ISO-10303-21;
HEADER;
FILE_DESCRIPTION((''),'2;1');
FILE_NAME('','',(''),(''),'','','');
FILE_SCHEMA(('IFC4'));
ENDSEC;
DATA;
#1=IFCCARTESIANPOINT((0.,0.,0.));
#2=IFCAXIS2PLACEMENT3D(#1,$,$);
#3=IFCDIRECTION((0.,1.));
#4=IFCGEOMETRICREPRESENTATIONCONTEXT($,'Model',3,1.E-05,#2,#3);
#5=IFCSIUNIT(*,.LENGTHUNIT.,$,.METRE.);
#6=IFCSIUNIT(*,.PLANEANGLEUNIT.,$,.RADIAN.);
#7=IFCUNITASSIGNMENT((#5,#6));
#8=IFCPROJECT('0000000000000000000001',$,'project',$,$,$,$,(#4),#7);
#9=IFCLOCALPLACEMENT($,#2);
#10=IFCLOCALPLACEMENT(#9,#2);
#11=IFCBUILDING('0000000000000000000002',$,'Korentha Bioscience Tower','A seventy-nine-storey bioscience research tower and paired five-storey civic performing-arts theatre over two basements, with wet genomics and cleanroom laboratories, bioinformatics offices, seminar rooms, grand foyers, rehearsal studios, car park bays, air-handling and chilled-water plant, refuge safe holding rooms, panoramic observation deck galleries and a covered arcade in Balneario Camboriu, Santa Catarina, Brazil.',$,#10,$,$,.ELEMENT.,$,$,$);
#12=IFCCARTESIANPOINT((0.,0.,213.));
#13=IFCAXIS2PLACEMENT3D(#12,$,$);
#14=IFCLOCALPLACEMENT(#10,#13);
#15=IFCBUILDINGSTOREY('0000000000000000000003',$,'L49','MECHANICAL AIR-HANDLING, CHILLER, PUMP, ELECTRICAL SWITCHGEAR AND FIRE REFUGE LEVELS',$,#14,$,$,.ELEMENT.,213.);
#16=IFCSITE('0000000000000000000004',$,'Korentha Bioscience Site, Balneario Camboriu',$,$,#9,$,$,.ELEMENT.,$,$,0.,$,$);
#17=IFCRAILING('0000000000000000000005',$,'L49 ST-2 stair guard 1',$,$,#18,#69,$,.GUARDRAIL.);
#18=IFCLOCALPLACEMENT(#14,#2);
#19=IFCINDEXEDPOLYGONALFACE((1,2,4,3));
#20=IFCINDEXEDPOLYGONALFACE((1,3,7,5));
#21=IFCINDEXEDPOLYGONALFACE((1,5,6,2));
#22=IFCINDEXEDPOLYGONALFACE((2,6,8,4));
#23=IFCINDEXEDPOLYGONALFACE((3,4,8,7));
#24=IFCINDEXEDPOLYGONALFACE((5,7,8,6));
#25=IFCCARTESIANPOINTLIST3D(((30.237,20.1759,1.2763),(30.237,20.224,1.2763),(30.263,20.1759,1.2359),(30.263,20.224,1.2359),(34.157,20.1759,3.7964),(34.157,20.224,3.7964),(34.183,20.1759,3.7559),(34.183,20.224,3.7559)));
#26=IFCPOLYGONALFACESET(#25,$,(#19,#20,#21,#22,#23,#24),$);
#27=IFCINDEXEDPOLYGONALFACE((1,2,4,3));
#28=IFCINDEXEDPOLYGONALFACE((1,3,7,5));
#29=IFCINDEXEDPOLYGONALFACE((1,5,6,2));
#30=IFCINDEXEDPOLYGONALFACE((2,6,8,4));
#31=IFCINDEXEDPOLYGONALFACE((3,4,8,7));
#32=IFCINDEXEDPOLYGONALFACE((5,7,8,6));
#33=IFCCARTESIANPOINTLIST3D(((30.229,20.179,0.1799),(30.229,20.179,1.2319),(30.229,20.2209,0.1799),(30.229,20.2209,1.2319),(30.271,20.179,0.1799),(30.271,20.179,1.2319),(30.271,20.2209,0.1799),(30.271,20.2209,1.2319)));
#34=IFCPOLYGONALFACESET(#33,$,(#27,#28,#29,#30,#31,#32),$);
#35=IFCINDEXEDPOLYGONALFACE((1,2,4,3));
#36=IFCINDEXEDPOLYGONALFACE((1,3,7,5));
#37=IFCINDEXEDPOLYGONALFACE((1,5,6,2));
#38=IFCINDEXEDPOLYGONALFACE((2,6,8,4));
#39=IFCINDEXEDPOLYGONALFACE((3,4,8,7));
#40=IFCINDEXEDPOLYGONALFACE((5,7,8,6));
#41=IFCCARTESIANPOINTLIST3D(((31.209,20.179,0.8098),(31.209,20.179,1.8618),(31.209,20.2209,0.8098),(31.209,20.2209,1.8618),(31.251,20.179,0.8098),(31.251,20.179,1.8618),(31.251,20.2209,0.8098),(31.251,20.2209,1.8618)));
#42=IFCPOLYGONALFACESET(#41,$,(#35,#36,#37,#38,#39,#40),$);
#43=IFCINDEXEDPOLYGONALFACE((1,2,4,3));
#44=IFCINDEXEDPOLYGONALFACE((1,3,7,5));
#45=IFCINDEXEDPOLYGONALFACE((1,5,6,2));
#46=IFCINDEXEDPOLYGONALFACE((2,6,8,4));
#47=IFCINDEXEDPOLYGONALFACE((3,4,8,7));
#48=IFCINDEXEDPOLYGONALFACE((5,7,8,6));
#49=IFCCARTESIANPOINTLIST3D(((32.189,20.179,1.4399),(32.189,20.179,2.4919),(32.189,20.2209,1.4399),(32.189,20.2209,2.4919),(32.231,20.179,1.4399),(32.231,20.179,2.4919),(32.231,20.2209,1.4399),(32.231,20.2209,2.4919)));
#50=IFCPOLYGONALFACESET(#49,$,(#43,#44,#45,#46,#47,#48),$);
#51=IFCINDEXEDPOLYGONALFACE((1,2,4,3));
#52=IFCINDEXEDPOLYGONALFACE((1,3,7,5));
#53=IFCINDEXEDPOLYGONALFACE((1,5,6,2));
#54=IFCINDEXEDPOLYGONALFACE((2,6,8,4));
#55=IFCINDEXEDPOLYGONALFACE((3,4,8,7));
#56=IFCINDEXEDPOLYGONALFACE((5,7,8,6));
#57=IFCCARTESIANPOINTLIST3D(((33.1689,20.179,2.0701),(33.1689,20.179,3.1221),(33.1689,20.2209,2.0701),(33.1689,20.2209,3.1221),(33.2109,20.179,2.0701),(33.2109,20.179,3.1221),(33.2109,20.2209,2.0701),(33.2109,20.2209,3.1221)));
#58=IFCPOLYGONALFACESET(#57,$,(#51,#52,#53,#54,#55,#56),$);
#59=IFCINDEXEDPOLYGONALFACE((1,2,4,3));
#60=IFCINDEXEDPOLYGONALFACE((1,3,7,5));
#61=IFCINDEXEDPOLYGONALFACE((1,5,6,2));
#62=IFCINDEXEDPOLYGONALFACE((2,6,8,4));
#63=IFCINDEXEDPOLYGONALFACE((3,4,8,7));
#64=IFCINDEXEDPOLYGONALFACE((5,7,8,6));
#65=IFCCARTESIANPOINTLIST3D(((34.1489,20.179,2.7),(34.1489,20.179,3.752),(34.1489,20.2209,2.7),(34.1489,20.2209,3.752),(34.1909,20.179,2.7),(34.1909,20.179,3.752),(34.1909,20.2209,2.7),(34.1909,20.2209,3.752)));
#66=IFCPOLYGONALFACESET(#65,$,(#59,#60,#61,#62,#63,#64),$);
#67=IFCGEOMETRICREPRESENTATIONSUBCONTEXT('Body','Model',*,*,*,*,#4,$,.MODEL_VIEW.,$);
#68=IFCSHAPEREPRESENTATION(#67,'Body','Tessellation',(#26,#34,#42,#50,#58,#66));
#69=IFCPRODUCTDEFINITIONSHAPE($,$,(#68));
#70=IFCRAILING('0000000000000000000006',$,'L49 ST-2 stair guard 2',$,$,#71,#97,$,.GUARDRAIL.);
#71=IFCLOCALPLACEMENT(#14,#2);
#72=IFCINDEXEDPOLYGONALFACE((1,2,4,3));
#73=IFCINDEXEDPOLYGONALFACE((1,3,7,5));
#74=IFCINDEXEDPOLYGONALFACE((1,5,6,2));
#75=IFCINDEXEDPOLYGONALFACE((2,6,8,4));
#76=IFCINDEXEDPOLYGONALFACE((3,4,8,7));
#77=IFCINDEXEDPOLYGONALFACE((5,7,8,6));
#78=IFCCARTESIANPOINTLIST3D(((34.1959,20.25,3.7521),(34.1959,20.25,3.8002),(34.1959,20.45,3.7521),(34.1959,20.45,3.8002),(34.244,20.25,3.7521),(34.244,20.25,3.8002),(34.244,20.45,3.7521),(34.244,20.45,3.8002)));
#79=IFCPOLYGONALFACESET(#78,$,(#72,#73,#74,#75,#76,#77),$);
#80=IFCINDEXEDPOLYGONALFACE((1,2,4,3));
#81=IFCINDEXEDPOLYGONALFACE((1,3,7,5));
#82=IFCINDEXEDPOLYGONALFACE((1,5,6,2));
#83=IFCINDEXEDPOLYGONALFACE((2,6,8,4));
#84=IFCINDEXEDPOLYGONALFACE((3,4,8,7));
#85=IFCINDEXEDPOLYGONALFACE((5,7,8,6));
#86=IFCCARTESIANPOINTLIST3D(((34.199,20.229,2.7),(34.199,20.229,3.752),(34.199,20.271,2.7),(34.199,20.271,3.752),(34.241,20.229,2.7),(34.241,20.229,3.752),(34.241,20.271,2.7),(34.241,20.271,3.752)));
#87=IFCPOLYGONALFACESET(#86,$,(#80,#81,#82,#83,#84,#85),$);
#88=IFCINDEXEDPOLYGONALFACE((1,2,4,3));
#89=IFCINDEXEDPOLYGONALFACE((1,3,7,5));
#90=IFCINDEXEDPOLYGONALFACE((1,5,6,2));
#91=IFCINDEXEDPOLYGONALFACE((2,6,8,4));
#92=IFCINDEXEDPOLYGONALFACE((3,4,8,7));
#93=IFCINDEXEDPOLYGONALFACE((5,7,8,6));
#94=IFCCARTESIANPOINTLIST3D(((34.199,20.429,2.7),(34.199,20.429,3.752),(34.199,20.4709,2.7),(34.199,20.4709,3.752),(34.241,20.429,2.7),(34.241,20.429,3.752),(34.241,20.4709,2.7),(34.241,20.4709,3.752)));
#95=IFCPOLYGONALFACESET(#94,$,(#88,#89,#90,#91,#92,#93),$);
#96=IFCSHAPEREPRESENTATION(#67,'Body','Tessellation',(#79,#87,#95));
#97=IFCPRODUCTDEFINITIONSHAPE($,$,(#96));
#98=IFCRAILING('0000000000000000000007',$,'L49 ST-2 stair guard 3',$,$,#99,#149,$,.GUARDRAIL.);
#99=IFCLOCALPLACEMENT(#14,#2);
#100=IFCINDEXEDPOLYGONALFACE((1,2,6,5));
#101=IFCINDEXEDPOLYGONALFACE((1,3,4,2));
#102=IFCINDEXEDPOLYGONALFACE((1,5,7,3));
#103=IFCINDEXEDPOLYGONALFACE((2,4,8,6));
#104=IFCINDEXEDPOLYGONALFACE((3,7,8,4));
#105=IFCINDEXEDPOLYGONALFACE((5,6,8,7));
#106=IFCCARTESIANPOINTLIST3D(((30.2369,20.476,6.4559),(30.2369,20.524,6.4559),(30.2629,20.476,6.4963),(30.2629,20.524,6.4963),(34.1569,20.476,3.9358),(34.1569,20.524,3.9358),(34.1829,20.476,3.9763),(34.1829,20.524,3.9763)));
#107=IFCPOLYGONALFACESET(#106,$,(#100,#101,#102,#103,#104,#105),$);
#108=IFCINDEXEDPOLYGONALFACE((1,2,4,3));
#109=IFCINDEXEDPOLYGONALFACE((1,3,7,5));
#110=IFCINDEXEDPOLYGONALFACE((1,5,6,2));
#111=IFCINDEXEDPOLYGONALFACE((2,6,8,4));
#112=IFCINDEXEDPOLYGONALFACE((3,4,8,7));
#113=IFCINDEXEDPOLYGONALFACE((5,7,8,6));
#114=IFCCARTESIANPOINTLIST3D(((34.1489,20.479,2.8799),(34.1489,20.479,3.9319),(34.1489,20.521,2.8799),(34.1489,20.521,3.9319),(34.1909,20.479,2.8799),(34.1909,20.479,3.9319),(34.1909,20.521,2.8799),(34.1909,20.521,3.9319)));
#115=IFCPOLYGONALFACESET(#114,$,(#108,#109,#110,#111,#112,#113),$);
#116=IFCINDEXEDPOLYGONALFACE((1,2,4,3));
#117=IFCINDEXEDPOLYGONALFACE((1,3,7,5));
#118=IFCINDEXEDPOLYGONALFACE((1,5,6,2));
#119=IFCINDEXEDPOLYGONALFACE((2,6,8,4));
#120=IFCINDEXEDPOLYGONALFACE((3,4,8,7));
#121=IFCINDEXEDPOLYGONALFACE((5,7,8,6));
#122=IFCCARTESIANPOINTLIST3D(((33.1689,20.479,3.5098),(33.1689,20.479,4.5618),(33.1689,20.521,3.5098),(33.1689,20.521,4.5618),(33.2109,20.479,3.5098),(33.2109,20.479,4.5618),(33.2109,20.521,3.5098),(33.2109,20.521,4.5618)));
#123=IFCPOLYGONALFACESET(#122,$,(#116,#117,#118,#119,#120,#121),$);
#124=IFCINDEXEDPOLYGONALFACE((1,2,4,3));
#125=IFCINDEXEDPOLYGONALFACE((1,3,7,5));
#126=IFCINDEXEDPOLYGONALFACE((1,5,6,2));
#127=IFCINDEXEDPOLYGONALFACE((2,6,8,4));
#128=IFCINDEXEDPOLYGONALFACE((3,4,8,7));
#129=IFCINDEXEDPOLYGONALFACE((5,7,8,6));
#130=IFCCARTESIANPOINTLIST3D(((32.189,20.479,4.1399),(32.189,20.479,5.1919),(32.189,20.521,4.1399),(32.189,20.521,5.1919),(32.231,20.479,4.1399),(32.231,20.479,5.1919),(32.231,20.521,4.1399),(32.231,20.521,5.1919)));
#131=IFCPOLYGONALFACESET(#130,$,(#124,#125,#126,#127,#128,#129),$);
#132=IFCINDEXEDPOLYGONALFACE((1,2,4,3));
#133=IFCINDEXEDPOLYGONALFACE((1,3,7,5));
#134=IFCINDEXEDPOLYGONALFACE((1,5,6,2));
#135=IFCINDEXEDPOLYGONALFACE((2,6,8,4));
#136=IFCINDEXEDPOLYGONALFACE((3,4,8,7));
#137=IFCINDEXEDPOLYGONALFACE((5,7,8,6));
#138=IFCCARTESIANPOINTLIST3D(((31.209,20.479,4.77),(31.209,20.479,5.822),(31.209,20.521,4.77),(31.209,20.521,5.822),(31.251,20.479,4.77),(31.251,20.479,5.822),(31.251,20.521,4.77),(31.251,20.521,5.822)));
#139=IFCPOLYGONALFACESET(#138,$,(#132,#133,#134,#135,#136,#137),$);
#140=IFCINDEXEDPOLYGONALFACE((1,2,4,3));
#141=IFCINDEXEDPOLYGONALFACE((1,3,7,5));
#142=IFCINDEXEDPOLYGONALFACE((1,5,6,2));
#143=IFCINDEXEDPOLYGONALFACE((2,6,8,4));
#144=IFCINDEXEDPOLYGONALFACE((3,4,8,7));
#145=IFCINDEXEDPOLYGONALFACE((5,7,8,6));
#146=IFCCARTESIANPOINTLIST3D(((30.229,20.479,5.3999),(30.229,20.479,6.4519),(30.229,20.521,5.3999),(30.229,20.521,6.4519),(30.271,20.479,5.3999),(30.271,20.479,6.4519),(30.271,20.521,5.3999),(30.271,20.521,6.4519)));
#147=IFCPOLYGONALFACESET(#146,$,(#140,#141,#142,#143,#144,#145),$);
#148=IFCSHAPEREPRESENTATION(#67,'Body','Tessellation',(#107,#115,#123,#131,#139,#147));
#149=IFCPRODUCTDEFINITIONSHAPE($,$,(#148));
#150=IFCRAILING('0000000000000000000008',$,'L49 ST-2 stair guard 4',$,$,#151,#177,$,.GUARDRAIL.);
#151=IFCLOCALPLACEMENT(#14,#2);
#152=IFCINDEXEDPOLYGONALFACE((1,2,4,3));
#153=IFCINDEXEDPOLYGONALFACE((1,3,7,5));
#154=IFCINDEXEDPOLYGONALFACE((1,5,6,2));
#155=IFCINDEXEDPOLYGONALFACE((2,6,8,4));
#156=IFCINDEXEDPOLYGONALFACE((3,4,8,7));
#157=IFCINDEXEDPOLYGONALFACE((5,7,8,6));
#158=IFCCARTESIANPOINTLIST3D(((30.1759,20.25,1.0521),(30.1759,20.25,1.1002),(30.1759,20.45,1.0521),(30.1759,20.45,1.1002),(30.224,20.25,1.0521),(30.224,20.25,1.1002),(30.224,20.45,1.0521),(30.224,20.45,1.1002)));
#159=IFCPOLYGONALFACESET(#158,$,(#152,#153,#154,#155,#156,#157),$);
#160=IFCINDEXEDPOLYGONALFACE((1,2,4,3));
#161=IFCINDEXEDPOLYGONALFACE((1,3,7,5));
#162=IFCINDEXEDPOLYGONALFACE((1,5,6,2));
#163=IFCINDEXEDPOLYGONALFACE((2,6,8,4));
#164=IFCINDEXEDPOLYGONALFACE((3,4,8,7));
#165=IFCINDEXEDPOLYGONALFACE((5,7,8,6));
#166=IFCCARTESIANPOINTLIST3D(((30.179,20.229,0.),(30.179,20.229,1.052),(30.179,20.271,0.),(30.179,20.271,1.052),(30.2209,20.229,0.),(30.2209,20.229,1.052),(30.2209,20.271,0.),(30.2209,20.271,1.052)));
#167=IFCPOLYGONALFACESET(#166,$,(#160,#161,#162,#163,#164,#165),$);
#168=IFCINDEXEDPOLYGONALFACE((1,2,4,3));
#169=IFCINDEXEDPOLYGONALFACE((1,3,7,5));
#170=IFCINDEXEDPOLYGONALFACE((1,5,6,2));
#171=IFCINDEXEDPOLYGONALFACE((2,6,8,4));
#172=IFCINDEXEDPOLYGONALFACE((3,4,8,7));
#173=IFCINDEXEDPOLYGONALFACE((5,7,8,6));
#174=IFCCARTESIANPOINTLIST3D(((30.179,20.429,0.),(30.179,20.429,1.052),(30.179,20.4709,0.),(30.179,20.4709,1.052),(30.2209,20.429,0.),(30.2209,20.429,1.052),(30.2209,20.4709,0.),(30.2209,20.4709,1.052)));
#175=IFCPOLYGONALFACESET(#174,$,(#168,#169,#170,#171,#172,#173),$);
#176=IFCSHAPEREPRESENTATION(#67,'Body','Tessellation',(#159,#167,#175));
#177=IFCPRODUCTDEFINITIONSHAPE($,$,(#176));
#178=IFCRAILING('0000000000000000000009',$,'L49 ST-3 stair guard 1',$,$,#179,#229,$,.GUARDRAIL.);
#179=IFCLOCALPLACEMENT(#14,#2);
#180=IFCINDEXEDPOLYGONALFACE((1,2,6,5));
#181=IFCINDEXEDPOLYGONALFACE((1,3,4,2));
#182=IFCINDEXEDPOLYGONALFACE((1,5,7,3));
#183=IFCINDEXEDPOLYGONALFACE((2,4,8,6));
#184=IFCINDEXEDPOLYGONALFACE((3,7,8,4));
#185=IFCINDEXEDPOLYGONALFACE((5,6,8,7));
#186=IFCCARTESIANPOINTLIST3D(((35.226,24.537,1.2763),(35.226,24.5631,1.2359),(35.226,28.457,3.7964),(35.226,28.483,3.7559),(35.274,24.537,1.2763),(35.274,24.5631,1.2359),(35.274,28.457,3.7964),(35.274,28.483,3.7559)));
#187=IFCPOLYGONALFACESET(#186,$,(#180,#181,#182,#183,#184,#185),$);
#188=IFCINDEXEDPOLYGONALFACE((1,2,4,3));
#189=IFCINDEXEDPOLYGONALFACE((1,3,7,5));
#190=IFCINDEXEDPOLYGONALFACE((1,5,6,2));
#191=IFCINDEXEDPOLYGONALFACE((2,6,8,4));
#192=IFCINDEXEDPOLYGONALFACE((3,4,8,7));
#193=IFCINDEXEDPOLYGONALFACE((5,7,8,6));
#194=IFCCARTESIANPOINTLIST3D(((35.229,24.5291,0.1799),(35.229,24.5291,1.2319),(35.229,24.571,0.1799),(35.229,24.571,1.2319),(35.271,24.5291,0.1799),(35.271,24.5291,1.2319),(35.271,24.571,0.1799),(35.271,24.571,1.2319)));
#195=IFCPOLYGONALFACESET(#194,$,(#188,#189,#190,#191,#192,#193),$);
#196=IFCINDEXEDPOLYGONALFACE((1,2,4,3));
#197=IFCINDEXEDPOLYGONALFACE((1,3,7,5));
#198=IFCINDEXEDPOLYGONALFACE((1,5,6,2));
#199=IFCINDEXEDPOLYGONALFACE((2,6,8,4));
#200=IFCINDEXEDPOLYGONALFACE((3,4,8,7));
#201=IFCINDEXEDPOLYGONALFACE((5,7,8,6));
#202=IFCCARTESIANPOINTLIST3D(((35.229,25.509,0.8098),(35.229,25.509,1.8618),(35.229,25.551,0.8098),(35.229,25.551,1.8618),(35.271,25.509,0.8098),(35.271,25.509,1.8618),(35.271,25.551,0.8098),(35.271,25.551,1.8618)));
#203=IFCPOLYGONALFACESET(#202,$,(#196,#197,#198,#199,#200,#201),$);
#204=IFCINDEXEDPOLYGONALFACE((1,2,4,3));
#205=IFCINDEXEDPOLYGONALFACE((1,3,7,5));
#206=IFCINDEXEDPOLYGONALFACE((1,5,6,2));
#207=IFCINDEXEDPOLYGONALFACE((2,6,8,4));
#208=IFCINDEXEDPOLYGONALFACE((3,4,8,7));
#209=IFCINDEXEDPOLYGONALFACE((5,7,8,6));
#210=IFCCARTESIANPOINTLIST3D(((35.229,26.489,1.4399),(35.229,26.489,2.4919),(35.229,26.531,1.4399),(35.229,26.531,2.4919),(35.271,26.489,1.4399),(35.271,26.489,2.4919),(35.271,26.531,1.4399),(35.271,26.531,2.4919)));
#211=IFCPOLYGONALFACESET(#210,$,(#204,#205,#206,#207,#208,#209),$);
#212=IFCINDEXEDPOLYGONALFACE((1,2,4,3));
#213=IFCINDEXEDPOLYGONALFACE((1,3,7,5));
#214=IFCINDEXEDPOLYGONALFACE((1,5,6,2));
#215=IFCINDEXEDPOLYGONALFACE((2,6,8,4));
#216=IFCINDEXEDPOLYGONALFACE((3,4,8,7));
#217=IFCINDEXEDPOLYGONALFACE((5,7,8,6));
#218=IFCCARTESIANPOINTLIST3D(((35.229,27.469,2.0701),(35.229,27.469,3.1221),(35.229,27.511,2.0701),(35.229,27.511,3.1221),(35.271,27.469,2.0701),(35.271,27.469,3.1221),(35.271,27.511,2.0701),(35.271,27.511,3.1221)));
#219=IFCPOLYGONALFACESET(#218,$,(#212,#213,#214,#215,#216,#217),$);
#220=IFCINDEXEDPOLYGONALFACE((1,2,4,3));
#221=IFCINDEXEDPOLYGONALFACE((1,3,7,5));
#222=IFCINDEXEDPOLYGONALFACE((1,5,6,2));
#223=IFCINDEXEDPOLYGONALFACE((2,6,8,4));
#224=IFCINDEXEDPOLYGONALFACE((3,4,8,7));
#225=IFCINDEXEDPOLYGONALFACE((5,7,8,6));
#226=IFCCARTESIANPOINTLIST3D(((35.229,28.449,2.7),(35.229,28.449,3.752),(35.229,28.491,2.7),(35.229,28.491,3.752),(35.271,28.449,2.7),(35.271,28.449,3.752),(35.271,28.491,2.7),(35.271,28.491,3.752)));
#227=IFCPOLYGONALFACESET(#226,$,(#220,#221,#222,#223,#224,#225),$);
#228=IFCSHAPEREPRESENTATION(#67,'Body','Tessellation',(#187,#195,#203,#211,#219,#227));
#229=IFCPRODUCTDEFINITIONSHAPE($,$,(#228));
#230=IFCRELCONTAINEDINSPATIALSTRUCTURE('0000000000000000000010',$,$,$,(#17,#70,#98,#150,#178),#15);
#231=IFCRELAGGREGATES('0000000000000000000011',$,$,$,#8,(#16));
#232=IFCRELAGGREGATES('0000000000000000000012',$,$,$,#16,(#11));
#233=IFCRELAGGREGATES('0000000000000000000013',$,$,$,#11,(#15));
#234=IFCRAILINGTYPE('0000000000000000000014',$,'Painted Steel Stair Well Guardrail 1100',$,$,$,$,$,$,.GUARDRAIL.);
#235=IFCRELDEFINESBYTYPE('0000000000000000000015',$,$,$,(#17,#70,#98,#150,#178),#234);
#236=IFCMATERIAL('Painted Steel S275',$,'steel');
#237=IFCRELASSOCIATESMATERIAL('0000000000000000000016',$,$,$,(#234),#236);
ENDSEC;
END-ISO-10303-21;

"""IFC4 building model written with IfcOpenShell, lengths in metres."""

from ifc_helpers import new_model, si_unit, direction, frame, origin, origin_2d, place, context, subcontext, project, spatial, rectangle, extrude, material, type_object, element, save


model = new_model("IFC4")

# Units and contexts
model_context = context("Model", 3, precision=1e-05, world=origin(), true_north=direction((0.0, 1.0)))
body_context = subcontext(model_context, "Body", "Model", "MODEL_VIEW")
ifc_project = project(units=[si_unit("LENGTHUNIT", "METRE"), si_unit("PLANEANGLEUNIT", "RADIAN")], contexts=[model_context])

# Site, building, storey
site_placement = place(None, origin())
site = spatial("IfcSite", under=ifc_project, at=site_placement, Name="Korentha Bioscience Site, Balneario Camboriu", CompositionType="ELEMENT", RefElevation=0.0)
building_placement = place(site_placement, origin())
building = spatial("IfcBuilding", under=site, at=building_placement, Name="Korentha Bioscience Tower", Description="A seventy-nine-storey bioscience research tower and paired five-storey civic performing-arts theatre over two basements, with wet genomics and cleanroom laboratories, bioinformatics offices, seminar rooms, grand foyers, rehearsal studios, car park bays, air-handling and chilled-water plant, refuge safe holding rooms, panoramic observation deck galleries and a covered arcade in Balneario Camboriu, Santa Catarina, Brazil.", CompositionType="ELEMENT")
storey_placement = place(building_placement, frame((0.0, 0.0, 213.0)))
storey = spatial("IfcBuildingStorey", under=building, at=storey_placement, Name="L49", Description="MECHANICAL AIR-HANDLING, CHILLER, PUMP, ELECTRICAL SWITCHGEAR AND FIRE REFUGE LEVELS", CompositionType="ELEMENT", Elevation=213.0)

# Railings
ifc_material_1 = material(Name="Painted Steel S275", Category="steel")
railing_type_1 = type_object("IfcRailingType", Name="Painted Steel Stair Well Guardrail 1100", PredefinedType="GUARDRAIL", material=ifc_material_1)
railing_1_placement = place(storey_placement, frame((30.25, 20.2, 0.1799)))
element("IfcRailing", 1, at=railing_1_placement, inside=storey, type_object=railing_type_1, Name="L49 ST-2 stair guard 1", PredefinedType="GUARDRAIL", context=body_context, shape_type="SweptSolid", body=[
    extrude(rectangle(XDim=0.0481, YDim=0.0481, at=origin_2d()), frame((0.0, 0.0, 1.0762), z_axis=(0.841172, 0.0, 0.540768), x_axis=(0.0, 1.0, 0.0)), (0.0, 0.0, 1.0), 4.6602),
    extrude(rectangle(XDim=0.042, YDim=0.042, at=origin_2d()), origin(), (0.0, 0.0, 1.0), 1.052),
    extrude(rectangle(XDim=0.042, YDim=0.042, at=origin_2d()), frame((0.98, 0.0, 0.6299)), (0.0, 0.0, 1.0), 1.052),
    extrude(rectangle(XDim=0.042, YDim=0.042, at=origin_2d()), frame((1.96, 0.0, 1.26)), (0.0, 0.0, 1.0), 1.052),
    extrude(rectangle(XDim=0.042, YDim=0.042, at=origin_2d()), frame((2.9399, 0.0, 1.8901)), (0.0, 0.0, 1.0), 1.052),
    extrude(rectangle(XDim=0.042, YDim=0.042, at=origin_2d()), frame((3.9199, 0.0, 2.52)), (0.0, 0.0, 1.0), 1.052),
])
railing_2_placement = place(storey_placement, frame((34.22, 20.25, 2.7)))
element("IfcRailing", 2, at=railing_2_placement, inside=storey, type_object=railing_type_1, Name="L49 ST-2 stair guard 2", PredefinedType="GUARDRAIL", context=body_context, shape_type="SweptSolid", body=[
    extrude(rectangle(XDim=0.0481, YDim=0.0481, at=origin_2d()), frame((0.0, 0.0, 1.0762), z_axis=(0.0, 1.0, 0.0), x_axis=(-1.0, 0.0, 0.0)), (0.0, 0.0, 1.0), 0.2),
    extrude(rectangle(XDim=0.042, YDim=0.042, at=origin_2d()), origin(), (0.0, 0.0, 1.0), 1.052),
    extrude(rectangle(XDim=0.042, YDim=0.042, at=origin_2d()), frame((0.0, 0.2, 0.0)), (0.0, 0.0, 1.0), 1.052),
])
railing_3_placement = place(storey_placement, frame((34.1699, 20.5, 2.8799)))
element("IfcRailing", 3, at=railing_3_placement, inside=storey, type_object=railing_type_1, Name="L49 ST-2 stair guard 3", PredefinedType="GUARDRAIL", context=body_context, shape_type="SweptSolid", body=[
    extrude(rectangle(XDim=0.0481, YDim=0.0481, at=origin_2d()), frame((0.0, 0.0, 1.0762), z_axis=(-0.841172, 0.0, 0.540768), x_axis=(0.0, -1.0, 0.0)), (0.0, 0.0, 1.0), 4.6602),
    extrude(rectangle(XDim=0.042, YDim=0.042, at=origin_2d()), origin(), (0.0, 0.0, 1.0), 1.052),
    extrude(rectangle(XDim=0.042, YDim=0.042, at=origin_2d()), frame((-0.98, 0.0, 0.6299)), (0.0, 0.0, 1.0), 1.052),
    extrude(rectangle(XDim=0.042, YDim=0.042, at=origin_2d()), frame((-1.96, 0.0, 1.26)), (0.0, 0.0, 1.0), 1.052),
    extrude(rectangle(XDim=0.042, YDim=0.042, at=origin_2d()), frame((-2.9399, 0.0, 1.8901)), (0.0, 0.0, 1.0), 1.052),
    extrude(rectangle(XDim=0.042, YDim=0.042, at=origin_2d()), frame((-3.9199, 0.0, 2.52)), (0.0, 0.0, 1.0), 1.052),
])
railing_4_placement = place(storey_placement, frame((30.2, 20.25, 0.0)))
element("IfcRailing", 4, at=railing_4_placement, inside=storey, type_object=railing_type_1, Name="L49 ST-2 stair guard 4", PredefinedType="GUARDRAIL", context=body_context, shape_type="SweptSolid", body=[
    extrude(rectangle(XDim=0.0481, YDim=0.0481, at=origin_2d()), frame((0.0, 0.0, 1.0762), z_axis=(0.0, 1.0, 0.0), x_axis=(-1.0, 0.0, 0.0)), (0.0, 0.0, 1.0), 0.2),
    extrude(rectangle(XDim=0.042, YDim=0.042, at=origin_2d()), origin(), (0.0, 0.0, 1.0), 1.052),
    extrude(rectangle(XDim=0.042, YDim=0.042, at=origin_2d()), frame((0.0, 0.2, 0.0)), (0.0, 0.0, 1.0), 1.052),
])
railing_5_placement = place(storey_placement, frame((35.25, 24.55, 0.1799)))
element("IfcRailing", 5, at=railing_5_placement, inside=storey, type_object=railing_type_1, Name="L49 ST-3 stair guard 1", PredefinedType="GUARDRAIL", context=body_context, shape_type="SweptSolid", body=[
    extrude(rectangle(XDim=0.0481, YDim=0.0481, at=origin_2d()), frame((0.0, 0.0, 1.0762), z_axis=(0.0, 0.841172, 0.540768), x_axis=(-1.0, 0.0, 0.0)), (0.0, 0.0, 1.0), 4.6602),
    extrude(rectangle(XDim=0.042, YDim=0.042, at=origin_2d()), origin(), (0.0, 0.0, 1.0), 1.052),
    extrude(rectangle(XDim=0.042, YDim=0.042, at=origin_2d()), frame((0.0, 0.98, 0.6299)), (0.0, 0.0, 1.0), 1.052),
    extrude(rectangle(XDim=0.042, YDim=0.042, at=origin_2d()), frame((0.0, 1.96, 1.26)), (0.0, 0.0, 1.0), 1.052),
    extrude(rectangle(XDim=0.042, YDim=0.042, at=origin_2d()), frame((0.0, 2.9399, 1.8901)), (0.0, 0.0, 1.0), 1.052),
    extrude(rectangle(XDim=0.042, YDim=0.042, at=origin_2d()), frame((0.0, 3.9199, 2.52)), (0.0, 0.0, 1.0), 1.052),
])

save(model, "model.ifc")
